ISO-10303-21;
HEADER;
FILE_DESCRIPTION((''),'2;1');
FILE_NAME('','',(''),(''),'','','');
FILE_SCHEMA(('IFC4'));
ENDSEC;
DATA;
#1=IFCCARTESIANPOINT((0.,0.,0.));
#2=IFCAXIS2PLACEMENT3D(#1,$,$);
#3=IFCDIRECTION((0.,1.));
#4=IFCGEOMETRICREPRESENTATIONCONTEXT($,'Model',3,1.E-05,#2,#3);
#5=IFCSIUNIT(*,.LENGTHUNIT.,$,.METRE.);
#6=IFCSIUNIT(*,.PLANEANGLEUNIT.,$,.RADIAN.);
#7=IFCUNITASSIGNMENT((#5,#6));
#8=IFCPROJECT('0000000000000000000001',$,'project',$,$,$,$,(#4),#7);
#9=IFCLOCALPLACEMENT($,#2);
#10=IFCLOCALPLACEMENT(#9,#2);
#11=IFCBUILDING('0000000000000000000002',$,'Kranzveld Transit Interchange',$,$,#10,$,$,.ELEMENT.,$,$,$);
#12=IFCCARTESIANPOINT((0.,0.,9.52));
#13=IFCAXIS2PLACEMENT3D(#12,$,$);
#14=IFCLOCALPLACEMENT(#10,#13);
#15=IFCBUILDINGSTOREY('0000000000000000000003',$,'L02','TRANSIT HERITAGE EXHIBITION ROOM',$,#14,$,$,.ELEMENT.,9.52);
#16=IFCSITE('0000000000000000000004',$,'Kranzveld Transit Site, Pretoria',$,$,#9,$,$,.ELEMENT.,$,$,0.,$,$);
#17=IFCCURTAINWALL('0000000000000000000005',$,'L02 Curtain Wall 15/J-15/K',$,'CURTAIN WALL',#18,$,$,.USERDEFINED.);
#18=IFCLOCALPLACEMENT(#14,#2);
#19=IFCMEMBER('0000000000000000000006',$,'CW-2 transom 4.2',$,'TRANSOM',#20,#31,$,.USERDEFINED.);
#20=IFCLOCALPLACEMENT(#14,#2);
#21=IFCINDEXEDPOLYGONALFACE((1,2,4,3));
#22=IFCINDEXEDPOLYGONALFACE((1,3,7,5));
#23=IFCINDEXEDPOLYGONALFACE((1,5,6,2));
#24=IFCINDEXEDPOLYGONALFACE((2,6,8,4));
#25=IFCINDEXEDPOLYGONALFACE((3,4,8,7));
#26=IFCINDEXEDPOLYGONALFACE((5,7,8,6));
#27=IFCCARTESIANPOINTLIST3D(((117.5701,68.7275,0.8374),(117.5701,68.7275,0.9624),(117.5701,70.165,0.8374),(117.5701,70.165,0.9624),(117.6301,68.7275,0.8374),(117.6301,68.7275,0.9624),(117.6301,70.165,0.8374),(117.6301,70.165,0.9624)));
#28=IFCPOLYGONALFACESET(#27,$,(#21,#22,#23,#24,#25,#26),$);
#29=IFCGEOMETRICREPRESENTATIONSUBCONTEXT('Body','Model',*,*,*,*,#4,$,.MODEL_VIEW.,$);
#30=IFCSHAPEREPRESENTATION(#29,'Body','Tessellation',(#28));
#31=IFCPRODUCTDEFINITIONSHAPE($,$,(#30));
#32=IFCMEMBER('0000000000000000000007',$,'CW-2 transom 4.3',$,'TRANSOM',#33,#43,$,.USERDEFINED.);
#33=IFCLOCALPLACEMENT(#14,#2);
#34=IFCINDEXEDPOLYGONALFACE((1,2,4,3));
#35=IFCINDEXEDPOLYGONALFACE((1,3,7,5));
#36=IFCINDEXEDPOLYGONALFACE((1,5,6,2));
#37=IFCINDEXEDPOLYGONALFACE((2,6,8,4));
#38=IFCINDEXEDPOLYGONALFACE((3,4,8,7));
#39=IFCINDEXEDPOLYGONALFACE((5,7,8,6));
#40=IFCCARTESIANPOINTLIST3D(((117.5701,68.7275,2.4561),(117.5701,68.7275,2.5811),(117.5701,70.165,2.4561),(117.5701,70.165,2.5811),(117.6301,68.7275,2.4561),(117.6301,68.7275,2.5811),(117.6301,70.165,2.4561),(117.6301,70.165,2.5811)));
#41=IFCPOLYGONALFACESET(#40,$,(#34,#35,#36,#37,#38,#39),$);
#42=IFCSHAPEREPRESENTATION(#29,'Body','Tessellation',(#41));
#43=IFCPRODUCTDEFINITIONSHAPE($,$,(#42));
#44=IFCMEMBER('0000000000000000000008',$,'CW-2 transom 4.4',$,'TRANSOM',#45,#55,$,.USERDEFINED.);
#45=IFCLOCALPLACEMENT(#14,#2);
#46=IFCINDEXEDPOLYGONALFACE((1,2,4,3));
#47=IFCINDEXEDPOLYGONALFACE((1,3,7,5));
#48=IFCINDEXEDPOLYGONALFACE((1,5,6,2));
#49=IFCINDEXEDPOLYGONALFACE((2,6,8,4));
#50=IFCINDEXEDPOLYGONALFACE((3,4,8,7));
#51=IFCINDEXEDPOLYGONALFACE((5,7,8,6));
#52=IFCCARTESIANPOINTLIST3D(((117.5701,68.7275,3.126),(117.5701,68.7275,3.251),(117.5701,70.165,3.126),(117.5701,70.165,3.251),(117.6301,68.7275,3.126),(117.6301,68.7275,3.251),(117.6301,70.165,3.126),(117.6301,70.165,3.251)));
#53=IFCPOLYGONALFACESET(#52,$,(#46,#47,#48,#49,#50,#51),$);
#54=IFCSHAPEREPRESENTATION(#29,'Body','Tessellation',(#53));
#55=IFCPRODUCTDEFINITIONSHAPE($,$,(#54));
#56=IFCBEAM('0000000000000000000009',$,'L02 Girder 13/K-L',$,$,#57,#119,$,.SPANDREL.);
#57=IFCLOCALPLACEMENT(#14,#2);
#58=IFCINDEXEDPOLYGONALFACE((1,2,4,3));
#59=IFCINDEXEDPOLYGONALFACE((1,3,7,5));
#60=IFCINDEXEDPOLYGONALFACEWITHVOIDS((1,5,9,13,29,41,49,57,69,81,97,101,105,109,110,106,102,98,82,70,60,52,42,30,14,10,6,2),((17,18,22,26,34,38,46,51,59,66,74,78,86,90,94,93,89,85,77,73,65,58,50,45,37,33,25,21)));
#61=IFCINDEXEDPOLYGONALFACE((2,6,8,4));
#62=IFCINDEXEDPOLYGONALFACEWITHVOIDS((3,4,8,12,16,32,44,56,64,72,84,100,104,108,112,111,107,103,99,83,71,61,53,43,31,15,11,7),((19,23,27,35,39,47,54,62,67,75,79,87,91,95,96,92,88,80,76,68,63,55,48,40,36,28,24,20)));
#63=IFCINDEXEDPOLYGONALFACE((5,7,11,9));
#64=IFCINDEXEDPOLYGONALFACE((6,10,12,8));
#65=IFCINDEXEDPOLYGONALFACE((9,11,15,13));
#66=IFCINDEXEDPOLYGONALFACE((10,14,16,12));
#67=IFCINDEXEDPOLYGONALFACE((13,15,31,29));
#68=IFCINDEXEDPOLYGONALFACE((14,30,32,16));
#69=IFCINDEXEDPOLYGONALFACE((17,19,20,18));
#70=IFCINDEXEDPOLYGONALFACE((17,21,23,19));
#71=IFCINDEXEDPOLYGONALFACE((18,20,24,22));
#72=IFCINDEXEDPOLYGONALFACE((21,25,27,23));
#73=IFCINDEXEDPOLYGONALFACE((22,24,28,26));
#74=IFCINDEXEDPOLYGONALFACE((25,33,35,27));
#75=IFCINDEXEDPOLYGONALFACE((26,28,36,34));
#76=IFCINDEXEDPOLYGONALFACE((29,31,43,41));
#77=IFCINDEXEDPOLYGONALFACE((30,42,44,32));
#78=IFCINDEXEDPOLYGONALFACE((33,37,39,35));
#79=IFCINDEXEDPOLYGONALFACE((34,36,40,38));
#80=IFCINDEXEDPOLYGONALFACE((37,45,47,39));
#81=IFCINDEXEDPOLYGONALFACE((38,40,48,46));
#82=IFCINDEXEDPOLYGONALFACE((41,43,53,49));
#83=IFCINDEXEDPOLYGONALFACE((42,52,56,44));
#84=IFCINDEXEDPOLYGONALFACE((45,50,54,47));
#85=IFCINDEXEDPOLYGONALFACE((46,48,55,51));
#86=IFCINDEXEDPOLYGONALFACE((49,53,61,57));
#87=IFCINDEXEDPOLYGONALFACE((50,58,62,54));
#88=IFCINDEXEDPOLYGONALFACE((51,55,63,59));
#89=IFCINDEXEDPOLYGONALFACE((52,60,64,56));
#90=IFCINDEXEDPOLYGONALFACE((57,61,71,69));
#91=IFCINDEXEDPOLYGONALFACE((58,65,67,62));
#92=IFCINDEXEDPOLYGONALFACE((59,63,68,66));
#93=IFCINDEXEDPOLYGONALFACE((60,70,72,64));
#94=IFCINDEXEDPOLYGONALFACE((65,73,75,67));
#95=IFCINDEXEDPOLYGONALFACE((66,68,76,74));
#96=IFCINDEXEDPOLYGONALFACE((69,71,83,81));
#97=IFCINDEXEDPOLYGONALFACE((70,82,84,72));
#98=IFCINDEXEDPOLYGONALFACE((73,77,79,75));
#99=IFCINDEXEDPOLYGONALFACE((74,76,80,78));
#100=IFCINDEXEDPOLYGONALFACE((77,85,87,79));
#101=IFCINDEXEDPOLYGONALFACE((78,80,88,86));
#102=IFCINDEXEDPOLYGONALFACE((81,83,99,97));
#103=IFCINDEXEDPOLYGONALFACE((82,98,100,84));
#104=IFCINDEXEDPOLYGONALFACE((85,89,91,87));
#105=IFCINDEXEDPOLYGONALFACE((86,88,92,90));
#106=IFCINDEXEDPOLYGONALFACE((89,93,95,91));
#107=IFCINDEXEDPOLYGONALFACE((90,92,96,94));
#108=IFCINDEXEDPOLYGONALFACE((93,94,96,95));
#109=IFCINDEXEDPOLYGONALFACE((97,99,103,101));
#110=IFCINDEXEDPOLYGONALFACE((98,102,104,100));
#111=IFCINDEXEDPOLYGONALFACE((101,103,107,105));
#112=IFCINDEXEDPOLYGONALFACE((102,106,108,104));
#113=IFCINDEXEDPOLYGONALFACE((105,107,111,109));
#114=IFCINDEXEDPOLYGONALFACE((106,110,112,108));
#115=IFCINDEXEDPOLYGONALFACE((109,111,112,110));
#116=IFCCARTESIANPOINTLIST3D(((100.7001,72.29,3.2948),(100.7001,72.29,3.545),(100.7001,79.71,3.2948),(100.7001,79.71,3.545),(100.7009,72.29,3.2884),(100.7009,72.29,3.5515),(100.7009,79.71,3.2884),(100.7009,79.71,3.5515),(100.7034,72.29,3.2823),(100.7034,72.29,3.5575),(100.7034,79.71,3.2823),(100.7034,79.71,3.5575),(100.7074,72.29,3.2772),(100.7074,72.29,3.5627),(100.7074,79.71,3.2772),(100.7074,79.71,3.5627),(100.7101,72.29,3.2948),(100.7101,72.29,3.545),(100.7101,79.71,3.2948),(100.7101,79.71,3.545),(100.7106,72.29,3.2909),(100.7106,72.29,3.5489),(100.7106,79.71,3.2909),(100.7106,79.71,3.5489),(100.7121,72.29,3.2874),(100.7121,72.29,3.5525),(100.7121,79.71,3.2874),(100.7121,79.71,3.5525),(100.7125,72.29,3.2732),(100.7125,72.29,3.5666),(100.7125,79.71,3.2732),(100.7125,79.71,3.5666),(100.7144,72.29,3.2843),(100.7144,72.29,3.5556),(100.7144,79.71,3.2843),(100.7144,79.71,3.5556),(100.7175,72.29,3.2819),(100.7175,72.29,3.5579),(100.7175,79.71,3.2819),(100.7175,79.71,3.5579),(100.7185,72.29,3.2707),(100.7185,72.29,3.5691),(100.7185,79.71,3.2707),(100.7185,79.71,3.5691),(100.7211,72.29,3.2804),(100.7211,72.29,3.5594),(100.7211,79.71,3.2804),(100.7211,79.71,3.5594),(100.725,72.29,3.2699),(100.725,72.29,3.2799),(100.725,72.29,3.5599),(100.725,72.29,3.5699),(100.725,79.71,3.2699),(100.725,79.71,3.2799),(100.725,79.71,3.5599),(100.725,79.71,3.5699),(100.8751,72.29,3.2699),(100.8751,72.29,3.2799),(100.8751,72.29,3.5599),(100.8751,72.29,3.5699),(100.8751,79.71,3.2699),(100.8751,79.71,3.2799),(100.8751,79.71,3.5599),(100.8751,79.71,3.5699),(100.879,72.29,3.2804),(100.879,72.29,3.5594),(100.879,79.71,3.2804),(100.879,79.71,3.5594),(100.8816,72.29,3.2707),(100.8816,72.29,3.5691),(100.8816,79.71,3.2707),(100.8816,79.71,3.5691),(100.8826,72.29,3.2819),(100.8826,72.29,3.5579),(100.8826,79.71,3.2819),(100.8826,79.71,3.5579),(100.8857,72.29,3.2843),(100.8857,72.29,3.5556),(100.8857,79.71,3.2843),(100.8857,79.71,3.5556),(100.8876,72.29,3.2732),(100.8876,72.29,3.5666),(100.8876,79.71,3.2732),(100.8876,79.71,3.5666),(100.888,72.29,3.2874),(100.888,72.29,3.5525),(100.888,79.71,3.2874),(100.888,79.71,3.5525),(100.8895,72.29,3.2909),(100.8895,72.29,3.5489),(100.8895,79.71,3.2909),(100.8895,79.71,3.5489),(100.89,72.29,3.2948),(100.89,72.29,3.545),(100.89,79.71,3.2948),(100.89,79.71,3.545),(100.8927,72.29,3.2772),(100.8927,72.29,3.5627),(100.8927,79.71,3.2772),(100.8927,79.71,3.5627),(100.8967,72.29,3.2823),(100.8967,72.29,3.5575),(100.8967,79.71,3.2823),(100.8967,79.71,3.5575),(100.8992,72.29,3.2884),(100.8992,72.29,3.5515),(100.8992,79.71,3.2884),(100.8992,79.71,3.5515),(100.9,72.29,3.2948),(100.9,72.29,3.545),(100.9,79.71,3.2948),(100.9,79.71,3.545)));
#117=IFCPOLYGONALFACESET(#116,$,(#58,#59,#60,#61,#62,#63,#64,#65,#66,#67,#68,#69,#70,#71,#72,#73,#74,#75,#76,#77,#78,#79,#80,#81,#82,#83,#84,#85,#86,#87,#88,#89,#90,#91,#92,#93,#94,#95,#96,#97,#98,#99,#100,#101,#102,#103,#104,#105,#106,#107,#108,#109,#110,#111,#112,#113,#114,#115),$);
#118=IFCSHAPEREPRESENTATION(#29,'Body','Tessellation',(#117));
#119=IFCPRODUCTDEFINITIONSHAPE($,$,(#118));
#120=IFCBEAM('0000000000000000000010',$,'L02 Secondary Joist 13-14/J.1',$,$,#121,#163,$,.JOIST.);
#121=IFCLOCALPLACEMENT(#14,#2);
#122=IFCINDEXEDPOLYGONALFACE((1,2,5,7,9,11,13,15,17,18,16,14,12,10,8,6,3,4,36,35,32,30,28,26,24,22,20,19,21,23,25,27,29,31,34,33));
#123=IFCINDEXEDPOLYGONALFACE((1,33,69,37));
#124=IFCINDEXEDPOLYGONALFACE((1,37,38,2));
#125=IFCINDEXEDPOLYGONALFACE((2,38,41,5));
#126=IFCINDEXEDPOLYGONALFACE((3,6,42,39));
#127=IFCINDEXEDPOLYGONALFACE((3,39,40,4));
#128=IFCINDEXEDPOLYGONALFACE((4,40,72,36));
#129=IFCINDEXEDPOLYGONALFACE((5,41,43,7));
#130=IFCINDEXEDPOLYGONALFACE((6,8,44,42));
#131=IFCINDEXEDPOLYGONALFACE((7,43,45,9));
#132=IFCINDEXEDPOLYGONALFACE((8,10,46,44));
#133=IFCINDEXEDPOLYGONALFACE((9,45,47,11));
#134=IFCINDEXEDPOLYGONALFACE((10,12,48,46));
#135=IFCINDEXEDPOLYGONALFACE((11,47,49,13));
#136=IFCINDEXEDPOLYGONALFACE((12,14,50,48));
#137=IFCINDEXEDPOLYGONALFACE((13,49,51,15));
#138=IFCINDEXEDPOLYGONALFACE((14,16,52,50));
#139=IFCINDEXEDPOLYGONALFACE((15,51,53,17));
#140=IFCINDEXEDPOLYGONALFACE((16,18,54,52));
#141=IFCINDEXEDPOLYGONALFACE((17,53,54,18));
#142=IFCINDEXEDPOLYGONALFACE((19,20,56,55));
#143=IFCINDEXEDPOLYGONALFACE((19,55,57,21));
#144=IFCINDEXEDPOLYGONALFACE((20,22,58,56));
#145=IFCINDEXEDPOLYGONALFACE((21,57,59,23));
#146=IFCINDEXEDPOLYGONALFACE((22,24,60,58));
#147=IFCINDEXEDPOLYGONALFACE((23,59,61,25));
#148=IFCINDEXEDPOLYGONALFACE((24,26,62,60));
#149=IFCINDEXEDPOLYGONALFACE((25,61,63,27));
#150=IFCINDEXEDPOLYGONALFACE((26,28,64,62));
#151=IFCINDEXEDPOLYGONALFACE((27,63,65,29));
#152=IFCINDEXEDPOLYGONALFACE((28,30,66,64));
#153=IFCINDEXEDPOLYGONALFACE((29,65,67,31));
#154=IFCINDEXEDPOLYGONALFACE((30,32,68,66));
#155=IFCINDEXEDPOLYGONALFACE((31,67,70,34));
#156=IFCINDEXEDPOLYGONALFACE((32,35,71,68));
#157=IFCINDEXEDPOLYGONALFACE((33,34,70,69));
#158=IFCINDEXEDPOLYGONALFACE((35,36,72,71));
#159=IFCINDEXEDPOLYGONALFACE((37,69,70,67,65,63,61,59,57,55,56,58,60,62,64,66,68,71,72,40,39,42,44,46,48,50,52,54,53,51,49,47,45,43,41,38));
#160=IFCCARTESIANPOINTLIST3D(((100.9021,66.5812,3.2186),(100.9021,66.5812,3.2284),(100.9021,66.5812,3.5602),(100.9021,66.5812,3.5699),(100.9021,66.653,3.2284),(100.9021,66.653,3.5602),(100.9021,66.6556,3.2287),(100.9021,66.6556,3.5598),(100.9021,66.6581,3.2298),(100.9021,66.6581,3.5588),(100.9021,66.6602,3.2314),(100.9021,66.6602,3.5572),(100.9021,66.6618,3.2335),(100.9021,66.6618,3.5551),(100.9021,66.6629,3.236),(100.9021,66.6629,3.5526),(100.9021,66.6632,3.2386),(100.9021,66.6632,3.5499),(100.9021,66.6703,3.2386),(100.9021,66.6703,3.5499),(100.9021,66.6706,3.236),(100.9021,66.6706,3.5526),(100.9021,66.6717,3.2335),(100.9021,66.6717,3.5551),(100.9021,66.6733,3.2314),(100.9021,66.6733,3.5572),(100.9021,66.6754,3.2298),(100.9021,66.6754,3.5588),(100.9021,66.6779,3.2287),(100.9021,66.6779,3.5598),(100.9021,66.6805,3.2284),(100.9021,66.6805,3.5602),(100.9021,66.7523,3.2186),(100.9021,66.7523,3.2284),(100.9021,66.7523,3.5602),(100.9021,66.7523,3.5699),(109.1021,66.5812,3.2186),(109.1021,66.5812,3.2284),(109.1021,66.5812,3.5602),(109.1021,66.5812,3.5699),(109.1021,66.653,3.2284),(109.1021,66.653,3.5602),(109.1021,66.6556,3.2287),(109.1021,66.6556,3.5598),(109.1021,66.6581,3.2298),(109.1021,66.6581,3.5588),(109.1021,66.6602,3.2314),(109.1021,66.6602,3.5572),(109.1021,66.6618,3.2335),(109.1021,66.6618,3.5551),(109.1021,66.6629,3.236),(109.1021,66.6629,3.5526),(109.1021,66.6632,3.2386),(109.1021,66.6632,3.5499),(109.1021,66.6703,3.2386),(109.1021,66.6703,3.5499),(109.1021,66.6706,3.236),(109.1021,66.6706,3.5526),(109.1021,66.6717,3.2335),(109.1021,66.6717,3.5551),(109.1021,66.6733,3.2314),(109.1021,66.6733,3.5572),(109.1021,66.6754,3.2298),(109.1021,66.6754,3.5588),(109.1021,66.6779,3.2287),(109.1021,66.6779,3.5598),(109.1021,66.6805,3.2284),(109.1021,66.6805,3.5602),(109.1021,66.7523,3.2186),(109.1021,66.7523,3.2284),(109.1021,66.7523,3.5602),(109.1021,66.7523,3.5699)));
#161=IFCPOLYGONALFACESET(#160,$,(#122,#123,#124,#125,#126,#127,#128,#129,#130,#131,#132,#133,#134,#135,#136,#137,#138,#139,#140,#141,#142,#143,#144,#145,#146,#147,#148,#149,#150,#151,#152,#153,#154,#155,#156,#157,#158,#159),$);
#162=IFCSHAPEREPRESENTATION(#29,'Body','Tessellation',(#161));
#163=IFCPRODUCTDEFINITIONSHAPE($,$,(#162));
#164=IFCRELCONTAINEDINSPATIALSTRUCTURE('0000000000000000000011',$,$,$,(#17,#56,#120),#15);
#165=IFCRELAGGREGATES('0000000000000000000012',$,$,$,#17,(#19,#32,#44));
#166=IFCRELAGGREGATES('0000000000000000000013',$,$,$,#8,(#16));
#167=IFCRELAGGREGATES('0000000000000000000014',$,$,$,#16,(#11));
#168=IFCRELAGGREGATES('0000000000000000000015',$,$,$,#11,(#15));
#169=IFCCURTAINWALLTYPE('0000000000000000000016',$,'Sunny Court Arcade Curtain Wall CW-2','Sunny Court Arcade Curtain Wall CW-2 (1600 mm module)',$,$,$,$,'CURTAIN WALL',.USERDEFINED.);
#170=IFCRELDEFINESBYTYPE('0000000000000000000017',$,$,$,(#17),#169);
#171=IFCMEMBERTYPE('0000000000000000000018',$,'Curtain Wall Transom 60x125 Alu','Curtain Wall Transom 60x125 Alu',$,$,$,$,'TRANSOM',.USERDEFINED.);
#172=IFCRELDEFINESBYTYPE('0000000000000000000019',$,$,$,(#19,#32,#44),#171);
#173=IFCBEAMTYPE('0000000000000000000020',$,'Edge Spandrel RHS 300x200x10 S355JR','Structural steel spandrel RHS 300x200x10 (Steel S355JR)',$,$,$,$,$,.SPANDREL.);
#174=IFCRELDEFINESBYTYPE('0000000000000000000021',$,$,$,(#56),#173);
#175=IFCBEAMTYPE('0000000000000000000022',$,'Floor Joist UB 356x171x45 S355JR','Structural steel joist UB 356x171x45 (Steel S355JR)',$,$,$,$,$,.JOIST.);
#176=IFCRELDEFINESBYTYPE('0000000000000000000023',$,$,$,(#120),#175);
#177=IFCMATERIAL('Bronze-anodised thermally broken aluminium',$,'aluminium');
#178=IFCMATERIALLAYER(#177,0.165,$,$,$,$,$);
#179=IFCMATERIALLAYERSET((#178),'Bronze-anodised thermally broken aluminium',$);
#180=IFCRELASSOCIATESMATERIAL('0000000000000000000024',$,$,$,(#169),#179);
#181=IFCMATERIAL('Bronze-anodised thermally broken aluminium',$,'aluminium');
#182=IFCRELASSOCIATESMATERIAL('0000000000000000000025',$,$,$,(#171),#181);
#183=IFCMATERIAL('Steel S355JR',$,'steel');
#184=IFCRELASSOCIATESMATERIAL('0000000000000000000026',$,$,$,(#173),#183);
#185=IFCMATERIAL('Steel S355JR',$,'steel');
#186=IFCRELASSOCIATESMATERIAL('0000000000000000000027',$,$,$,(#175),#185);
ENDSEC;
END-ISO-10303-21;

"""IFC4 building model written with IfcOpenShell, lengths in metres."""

from ifc_helpers import new_model, si_unit, direction, frame, origin, origin_2d, place, context, subcontext, project, spatial, rectangle, hollow_rectangle, i_section, extrude, material, layer, layer_set, material_profile, profile_set, type_object, element, aggregate, save


model = new_model("IFC4")

# Units and contexts
model_context = context("Model", 3, precision=1e-05, world=origin(), true_north=direction((0.0, 1.0)))
body_context = subcontext(model_context, "Body", "Model", "MODEL_VIEW")
ifc_project = project(units=[si_unit("LENGTHUNIT", "METRE"), si_unit("PLANEANGLEUNIT", "RADIAN")], contexts=[model_context])

# Site, building, storey
site_placement = place(None, origin())
site = spatial("IfcSite", under=ifc_project, at=site_placement, Name="Kranzveld Transit Site, Pretoria", CompositionType="ELEMENT", RefElevation=0.0)
building_placement = place(site_placement, origin())
building = spatial("IfcBuilding", under=site, at=building_placement, Name="Kranzveld Transit Interchange", CompositionType="ELEMENT")
storey_placement = place(building_placement, frame((0.0, 0.0, 9.52)))
storey = spatial("IfcBuildingStorey", under=building, at=storey_placement, Name="L02", Description="TRANSIT HERITAGE EXHIBITION ROOM", CompositionType="ELEMENT", Elevation=9.52)

# Curtain wall, members
ifc_material_1 = material(Name="Bronze-anodised thermally broken aluminium", Category="aluminium")
ifc_layer_1 = layer(ifc_material_1, 0.165)
ifc_layer_set_1 = layer_set([ifc_layer_1], Name="Bronze-anodised thermally broken aluminium")
curtain_wall_type = type_object("IfcCurtainWallType", Name="Sunny Court Arcade Curtain Wall CW-2", Description="Sunny Court Arcade Curtain Wall CW-2 (1600 mm module)", ElementType="CURTAIN WALL", PredefinedType="USERDEFINED", material=ifc_layer_set_1)
curtain_wall_placement = place(storey_placement, origin())
curtain_wall = element("IfcCurtainWall", 1, at=curtain_wall_placement, inside=storey, type_object=curtain_wall_type, Name="L02 Curtain Wall 15/J-15/K", ObjectType="CURTAIN WALL", PredefinedType="USERDEFINED")
ifc_material_2 = material(Name="Bronze-anodised thermally broken aluminium", Category="aluminium")
ifc_material_profile_1 = material_profile(ifc_material_2, rectangle(XDim=0.0601, YDim=0.125, at=origin_2d()), Name="ALU TRANSOM 60x125")
ifc_profile_set_1 = profile_set([ifc_material_profile_1], Name="Bronze-anodised thermally broken aluminium")
member_type_1 = type_object("IfcMemberType", Name="Curtain Wall Transom 60x125 Alu", Description="Curtain Wall Transom 60x125 Alu", ElementType="TRANSOM", PredefinedType="USERDEFINED", material=ifc_profile_set_1)
member_1_placement = place(storey_placement, frame((117.6001, 68.7275, 0.8999), z_axis=(0.0, 1.0, 0.0), x_axis=(-1.0, 0.0, 0.0)))
member_1 = element("IfcMember", 2, at=member_1_placement, type_object=member_type_1, Name="CW-2 transom 4.2", ObjectType="TRANSOM", PredefinedType="USERDEFINED", context=body_context, shape_type="SweptSolid", body=[
    extrude(rectangle(XDim=0.0601, YDim=0.125, at=origin_2d()), origin(), (0.0, 0.0, 1.0), 1.4375),
])
member_2_placement = place(storey_placement, frame((117.6001, 68.7275, 2.5186), z_axis=(0.0, 1.0, 0.0), x_axis=(-1.0, 0.0, 0.0)))
member_2 = element("IfcMember", 3, at=member_2_placement, type_object=member_type_1, Name="CW-2 transom 4.3", ObjectType="TRANSOM", PredefinedType="USERDEFINED", context=body_context, shape_type="SweptSolid", body=[
    extrude(rectangle(XDim=0.0601, YDim=0.125, at=origin_2d()), origin(), (0.0, 0.0, 1.0), 1.4375),
])
member_3_placement = place(storey_placement, frame((117.6001, 68.7275, 3.1885), z_axis=(0.0, 1.0, 0.0), x_axis=(-1.0, 0.0, 0.0)))
member_3 = element("IfcMember", 4, at=member_3_placement, type_object=member_type_1, Name="CW-2 transom 4.4", ObjectType="TRANSOM", PredefinedType="USERDEFINED", context=body_context, shape_type="SweptSolid", body=[
    extrude(rectangle(XDim=0.0601, YDim=0.125, at=origin_2d()), origin(), (0.0, 0.0, 1.0), 1.4375),
])

# Beams
ifc_material_3 = material(Name="Steel S355JR", Category="steel")
ifc_material_profile_2 = material_profile(ifc_material_3, hollow_rectangle(XDim=0.2, YDim=0.3, WallThickness=0.01, InnerFilletRadius=0.0149, OuterFilletRadius=0.0249, at=origin_2d()), Name="RHS 300x200x10")
ifc_profile_set_2 = profile_set([ifc_material_profile_2], Name="Steel S355JR")
beam_type_1 = type_object("IfcBeamType", Name="Edge Spandrel RHS 300x200x10 S355JR", Description="Structural steel spandrel RHS 300x200x10 (Steel S355JR)", PredefinedType="SPANDREL", material=ifc_profile_set_2)
beam_1_placement = place(storey_placement, frame((100.8, 72.29, 3.4199), z_axis=(0.0, 1.0, 0.0), x_axis=(-1.0, 0.0, 0.0)))
element("IfcBeam", 5, at=beam_1_placement, inside=storey, type_object=beam_type_1, Name="L02 Girder 13/K-L", PredefinedType="SPANDREL", context=body_context, shape_type="SweptSolid", body=[
    extrude(hollow_rectangle(XDim=0.2, YDim=0.3, WallThickness=0.01, InnerFilletRadius=0.0149, OuterFilletRadius=0.0249, at=origin_2d()), origin(), (0.0, 0.0, 1.0), 7.4199),
])
ifc_material_4 = material(Name="Steel S355JR", Category="steel")
ifc_material_profile_3 = material_profile(ifc_material_4, i_section(OverallWidth=0.1711, OverallDepth=0.3513, WebThickness=0.0071, FlangeThickness=0.0098, FilletRadius=0.0103, at=origin_2d()), Name="UB 356x171x45")
ifc_profile_set_3 = profile_set([ifc_material_profile_3], Name="Steel S355JR")
beam_type_2 = type_object("IfcBeamType", Name="Floor Joist UB 356x171x45 S355JR", Description="Structural steel joist UB 356x171x45 (Steel S355JR)", PredefinedType="JOIST", material=ifc_profile_set_3)
for number, where, z_axis, x_axis, name in (
    (6, (100.9021, 66.6667, 3.3943), (1.0, 0.0, 0.0), (0.0, 1.0, 0.0), "L02 Secondary Joist 13-14/J.1"),
):
    element("IfcBeam", number, at=place(storey_placement, frame(where, z_axis=z_axis, x_axis=x_axis)), inside=storey, type_object=beam_type_2, Name=name, PredefinedType="JOIST", context=body_context, shape_type="SweptSolid", body=[
        extrude(i_section(OverallWidth=0.1711, OverallDepth=0.3513, WebThickness=0.0071, FlangeThickness=0.0098, FilletRadius=0.0103, at=origin_2d()), origin(), (0.0, 0.0, 1.0), 8.2),
    ])

aggregate(curtain_wall, [member_1, member_2, member_3])

save(model, "model.ifc")
